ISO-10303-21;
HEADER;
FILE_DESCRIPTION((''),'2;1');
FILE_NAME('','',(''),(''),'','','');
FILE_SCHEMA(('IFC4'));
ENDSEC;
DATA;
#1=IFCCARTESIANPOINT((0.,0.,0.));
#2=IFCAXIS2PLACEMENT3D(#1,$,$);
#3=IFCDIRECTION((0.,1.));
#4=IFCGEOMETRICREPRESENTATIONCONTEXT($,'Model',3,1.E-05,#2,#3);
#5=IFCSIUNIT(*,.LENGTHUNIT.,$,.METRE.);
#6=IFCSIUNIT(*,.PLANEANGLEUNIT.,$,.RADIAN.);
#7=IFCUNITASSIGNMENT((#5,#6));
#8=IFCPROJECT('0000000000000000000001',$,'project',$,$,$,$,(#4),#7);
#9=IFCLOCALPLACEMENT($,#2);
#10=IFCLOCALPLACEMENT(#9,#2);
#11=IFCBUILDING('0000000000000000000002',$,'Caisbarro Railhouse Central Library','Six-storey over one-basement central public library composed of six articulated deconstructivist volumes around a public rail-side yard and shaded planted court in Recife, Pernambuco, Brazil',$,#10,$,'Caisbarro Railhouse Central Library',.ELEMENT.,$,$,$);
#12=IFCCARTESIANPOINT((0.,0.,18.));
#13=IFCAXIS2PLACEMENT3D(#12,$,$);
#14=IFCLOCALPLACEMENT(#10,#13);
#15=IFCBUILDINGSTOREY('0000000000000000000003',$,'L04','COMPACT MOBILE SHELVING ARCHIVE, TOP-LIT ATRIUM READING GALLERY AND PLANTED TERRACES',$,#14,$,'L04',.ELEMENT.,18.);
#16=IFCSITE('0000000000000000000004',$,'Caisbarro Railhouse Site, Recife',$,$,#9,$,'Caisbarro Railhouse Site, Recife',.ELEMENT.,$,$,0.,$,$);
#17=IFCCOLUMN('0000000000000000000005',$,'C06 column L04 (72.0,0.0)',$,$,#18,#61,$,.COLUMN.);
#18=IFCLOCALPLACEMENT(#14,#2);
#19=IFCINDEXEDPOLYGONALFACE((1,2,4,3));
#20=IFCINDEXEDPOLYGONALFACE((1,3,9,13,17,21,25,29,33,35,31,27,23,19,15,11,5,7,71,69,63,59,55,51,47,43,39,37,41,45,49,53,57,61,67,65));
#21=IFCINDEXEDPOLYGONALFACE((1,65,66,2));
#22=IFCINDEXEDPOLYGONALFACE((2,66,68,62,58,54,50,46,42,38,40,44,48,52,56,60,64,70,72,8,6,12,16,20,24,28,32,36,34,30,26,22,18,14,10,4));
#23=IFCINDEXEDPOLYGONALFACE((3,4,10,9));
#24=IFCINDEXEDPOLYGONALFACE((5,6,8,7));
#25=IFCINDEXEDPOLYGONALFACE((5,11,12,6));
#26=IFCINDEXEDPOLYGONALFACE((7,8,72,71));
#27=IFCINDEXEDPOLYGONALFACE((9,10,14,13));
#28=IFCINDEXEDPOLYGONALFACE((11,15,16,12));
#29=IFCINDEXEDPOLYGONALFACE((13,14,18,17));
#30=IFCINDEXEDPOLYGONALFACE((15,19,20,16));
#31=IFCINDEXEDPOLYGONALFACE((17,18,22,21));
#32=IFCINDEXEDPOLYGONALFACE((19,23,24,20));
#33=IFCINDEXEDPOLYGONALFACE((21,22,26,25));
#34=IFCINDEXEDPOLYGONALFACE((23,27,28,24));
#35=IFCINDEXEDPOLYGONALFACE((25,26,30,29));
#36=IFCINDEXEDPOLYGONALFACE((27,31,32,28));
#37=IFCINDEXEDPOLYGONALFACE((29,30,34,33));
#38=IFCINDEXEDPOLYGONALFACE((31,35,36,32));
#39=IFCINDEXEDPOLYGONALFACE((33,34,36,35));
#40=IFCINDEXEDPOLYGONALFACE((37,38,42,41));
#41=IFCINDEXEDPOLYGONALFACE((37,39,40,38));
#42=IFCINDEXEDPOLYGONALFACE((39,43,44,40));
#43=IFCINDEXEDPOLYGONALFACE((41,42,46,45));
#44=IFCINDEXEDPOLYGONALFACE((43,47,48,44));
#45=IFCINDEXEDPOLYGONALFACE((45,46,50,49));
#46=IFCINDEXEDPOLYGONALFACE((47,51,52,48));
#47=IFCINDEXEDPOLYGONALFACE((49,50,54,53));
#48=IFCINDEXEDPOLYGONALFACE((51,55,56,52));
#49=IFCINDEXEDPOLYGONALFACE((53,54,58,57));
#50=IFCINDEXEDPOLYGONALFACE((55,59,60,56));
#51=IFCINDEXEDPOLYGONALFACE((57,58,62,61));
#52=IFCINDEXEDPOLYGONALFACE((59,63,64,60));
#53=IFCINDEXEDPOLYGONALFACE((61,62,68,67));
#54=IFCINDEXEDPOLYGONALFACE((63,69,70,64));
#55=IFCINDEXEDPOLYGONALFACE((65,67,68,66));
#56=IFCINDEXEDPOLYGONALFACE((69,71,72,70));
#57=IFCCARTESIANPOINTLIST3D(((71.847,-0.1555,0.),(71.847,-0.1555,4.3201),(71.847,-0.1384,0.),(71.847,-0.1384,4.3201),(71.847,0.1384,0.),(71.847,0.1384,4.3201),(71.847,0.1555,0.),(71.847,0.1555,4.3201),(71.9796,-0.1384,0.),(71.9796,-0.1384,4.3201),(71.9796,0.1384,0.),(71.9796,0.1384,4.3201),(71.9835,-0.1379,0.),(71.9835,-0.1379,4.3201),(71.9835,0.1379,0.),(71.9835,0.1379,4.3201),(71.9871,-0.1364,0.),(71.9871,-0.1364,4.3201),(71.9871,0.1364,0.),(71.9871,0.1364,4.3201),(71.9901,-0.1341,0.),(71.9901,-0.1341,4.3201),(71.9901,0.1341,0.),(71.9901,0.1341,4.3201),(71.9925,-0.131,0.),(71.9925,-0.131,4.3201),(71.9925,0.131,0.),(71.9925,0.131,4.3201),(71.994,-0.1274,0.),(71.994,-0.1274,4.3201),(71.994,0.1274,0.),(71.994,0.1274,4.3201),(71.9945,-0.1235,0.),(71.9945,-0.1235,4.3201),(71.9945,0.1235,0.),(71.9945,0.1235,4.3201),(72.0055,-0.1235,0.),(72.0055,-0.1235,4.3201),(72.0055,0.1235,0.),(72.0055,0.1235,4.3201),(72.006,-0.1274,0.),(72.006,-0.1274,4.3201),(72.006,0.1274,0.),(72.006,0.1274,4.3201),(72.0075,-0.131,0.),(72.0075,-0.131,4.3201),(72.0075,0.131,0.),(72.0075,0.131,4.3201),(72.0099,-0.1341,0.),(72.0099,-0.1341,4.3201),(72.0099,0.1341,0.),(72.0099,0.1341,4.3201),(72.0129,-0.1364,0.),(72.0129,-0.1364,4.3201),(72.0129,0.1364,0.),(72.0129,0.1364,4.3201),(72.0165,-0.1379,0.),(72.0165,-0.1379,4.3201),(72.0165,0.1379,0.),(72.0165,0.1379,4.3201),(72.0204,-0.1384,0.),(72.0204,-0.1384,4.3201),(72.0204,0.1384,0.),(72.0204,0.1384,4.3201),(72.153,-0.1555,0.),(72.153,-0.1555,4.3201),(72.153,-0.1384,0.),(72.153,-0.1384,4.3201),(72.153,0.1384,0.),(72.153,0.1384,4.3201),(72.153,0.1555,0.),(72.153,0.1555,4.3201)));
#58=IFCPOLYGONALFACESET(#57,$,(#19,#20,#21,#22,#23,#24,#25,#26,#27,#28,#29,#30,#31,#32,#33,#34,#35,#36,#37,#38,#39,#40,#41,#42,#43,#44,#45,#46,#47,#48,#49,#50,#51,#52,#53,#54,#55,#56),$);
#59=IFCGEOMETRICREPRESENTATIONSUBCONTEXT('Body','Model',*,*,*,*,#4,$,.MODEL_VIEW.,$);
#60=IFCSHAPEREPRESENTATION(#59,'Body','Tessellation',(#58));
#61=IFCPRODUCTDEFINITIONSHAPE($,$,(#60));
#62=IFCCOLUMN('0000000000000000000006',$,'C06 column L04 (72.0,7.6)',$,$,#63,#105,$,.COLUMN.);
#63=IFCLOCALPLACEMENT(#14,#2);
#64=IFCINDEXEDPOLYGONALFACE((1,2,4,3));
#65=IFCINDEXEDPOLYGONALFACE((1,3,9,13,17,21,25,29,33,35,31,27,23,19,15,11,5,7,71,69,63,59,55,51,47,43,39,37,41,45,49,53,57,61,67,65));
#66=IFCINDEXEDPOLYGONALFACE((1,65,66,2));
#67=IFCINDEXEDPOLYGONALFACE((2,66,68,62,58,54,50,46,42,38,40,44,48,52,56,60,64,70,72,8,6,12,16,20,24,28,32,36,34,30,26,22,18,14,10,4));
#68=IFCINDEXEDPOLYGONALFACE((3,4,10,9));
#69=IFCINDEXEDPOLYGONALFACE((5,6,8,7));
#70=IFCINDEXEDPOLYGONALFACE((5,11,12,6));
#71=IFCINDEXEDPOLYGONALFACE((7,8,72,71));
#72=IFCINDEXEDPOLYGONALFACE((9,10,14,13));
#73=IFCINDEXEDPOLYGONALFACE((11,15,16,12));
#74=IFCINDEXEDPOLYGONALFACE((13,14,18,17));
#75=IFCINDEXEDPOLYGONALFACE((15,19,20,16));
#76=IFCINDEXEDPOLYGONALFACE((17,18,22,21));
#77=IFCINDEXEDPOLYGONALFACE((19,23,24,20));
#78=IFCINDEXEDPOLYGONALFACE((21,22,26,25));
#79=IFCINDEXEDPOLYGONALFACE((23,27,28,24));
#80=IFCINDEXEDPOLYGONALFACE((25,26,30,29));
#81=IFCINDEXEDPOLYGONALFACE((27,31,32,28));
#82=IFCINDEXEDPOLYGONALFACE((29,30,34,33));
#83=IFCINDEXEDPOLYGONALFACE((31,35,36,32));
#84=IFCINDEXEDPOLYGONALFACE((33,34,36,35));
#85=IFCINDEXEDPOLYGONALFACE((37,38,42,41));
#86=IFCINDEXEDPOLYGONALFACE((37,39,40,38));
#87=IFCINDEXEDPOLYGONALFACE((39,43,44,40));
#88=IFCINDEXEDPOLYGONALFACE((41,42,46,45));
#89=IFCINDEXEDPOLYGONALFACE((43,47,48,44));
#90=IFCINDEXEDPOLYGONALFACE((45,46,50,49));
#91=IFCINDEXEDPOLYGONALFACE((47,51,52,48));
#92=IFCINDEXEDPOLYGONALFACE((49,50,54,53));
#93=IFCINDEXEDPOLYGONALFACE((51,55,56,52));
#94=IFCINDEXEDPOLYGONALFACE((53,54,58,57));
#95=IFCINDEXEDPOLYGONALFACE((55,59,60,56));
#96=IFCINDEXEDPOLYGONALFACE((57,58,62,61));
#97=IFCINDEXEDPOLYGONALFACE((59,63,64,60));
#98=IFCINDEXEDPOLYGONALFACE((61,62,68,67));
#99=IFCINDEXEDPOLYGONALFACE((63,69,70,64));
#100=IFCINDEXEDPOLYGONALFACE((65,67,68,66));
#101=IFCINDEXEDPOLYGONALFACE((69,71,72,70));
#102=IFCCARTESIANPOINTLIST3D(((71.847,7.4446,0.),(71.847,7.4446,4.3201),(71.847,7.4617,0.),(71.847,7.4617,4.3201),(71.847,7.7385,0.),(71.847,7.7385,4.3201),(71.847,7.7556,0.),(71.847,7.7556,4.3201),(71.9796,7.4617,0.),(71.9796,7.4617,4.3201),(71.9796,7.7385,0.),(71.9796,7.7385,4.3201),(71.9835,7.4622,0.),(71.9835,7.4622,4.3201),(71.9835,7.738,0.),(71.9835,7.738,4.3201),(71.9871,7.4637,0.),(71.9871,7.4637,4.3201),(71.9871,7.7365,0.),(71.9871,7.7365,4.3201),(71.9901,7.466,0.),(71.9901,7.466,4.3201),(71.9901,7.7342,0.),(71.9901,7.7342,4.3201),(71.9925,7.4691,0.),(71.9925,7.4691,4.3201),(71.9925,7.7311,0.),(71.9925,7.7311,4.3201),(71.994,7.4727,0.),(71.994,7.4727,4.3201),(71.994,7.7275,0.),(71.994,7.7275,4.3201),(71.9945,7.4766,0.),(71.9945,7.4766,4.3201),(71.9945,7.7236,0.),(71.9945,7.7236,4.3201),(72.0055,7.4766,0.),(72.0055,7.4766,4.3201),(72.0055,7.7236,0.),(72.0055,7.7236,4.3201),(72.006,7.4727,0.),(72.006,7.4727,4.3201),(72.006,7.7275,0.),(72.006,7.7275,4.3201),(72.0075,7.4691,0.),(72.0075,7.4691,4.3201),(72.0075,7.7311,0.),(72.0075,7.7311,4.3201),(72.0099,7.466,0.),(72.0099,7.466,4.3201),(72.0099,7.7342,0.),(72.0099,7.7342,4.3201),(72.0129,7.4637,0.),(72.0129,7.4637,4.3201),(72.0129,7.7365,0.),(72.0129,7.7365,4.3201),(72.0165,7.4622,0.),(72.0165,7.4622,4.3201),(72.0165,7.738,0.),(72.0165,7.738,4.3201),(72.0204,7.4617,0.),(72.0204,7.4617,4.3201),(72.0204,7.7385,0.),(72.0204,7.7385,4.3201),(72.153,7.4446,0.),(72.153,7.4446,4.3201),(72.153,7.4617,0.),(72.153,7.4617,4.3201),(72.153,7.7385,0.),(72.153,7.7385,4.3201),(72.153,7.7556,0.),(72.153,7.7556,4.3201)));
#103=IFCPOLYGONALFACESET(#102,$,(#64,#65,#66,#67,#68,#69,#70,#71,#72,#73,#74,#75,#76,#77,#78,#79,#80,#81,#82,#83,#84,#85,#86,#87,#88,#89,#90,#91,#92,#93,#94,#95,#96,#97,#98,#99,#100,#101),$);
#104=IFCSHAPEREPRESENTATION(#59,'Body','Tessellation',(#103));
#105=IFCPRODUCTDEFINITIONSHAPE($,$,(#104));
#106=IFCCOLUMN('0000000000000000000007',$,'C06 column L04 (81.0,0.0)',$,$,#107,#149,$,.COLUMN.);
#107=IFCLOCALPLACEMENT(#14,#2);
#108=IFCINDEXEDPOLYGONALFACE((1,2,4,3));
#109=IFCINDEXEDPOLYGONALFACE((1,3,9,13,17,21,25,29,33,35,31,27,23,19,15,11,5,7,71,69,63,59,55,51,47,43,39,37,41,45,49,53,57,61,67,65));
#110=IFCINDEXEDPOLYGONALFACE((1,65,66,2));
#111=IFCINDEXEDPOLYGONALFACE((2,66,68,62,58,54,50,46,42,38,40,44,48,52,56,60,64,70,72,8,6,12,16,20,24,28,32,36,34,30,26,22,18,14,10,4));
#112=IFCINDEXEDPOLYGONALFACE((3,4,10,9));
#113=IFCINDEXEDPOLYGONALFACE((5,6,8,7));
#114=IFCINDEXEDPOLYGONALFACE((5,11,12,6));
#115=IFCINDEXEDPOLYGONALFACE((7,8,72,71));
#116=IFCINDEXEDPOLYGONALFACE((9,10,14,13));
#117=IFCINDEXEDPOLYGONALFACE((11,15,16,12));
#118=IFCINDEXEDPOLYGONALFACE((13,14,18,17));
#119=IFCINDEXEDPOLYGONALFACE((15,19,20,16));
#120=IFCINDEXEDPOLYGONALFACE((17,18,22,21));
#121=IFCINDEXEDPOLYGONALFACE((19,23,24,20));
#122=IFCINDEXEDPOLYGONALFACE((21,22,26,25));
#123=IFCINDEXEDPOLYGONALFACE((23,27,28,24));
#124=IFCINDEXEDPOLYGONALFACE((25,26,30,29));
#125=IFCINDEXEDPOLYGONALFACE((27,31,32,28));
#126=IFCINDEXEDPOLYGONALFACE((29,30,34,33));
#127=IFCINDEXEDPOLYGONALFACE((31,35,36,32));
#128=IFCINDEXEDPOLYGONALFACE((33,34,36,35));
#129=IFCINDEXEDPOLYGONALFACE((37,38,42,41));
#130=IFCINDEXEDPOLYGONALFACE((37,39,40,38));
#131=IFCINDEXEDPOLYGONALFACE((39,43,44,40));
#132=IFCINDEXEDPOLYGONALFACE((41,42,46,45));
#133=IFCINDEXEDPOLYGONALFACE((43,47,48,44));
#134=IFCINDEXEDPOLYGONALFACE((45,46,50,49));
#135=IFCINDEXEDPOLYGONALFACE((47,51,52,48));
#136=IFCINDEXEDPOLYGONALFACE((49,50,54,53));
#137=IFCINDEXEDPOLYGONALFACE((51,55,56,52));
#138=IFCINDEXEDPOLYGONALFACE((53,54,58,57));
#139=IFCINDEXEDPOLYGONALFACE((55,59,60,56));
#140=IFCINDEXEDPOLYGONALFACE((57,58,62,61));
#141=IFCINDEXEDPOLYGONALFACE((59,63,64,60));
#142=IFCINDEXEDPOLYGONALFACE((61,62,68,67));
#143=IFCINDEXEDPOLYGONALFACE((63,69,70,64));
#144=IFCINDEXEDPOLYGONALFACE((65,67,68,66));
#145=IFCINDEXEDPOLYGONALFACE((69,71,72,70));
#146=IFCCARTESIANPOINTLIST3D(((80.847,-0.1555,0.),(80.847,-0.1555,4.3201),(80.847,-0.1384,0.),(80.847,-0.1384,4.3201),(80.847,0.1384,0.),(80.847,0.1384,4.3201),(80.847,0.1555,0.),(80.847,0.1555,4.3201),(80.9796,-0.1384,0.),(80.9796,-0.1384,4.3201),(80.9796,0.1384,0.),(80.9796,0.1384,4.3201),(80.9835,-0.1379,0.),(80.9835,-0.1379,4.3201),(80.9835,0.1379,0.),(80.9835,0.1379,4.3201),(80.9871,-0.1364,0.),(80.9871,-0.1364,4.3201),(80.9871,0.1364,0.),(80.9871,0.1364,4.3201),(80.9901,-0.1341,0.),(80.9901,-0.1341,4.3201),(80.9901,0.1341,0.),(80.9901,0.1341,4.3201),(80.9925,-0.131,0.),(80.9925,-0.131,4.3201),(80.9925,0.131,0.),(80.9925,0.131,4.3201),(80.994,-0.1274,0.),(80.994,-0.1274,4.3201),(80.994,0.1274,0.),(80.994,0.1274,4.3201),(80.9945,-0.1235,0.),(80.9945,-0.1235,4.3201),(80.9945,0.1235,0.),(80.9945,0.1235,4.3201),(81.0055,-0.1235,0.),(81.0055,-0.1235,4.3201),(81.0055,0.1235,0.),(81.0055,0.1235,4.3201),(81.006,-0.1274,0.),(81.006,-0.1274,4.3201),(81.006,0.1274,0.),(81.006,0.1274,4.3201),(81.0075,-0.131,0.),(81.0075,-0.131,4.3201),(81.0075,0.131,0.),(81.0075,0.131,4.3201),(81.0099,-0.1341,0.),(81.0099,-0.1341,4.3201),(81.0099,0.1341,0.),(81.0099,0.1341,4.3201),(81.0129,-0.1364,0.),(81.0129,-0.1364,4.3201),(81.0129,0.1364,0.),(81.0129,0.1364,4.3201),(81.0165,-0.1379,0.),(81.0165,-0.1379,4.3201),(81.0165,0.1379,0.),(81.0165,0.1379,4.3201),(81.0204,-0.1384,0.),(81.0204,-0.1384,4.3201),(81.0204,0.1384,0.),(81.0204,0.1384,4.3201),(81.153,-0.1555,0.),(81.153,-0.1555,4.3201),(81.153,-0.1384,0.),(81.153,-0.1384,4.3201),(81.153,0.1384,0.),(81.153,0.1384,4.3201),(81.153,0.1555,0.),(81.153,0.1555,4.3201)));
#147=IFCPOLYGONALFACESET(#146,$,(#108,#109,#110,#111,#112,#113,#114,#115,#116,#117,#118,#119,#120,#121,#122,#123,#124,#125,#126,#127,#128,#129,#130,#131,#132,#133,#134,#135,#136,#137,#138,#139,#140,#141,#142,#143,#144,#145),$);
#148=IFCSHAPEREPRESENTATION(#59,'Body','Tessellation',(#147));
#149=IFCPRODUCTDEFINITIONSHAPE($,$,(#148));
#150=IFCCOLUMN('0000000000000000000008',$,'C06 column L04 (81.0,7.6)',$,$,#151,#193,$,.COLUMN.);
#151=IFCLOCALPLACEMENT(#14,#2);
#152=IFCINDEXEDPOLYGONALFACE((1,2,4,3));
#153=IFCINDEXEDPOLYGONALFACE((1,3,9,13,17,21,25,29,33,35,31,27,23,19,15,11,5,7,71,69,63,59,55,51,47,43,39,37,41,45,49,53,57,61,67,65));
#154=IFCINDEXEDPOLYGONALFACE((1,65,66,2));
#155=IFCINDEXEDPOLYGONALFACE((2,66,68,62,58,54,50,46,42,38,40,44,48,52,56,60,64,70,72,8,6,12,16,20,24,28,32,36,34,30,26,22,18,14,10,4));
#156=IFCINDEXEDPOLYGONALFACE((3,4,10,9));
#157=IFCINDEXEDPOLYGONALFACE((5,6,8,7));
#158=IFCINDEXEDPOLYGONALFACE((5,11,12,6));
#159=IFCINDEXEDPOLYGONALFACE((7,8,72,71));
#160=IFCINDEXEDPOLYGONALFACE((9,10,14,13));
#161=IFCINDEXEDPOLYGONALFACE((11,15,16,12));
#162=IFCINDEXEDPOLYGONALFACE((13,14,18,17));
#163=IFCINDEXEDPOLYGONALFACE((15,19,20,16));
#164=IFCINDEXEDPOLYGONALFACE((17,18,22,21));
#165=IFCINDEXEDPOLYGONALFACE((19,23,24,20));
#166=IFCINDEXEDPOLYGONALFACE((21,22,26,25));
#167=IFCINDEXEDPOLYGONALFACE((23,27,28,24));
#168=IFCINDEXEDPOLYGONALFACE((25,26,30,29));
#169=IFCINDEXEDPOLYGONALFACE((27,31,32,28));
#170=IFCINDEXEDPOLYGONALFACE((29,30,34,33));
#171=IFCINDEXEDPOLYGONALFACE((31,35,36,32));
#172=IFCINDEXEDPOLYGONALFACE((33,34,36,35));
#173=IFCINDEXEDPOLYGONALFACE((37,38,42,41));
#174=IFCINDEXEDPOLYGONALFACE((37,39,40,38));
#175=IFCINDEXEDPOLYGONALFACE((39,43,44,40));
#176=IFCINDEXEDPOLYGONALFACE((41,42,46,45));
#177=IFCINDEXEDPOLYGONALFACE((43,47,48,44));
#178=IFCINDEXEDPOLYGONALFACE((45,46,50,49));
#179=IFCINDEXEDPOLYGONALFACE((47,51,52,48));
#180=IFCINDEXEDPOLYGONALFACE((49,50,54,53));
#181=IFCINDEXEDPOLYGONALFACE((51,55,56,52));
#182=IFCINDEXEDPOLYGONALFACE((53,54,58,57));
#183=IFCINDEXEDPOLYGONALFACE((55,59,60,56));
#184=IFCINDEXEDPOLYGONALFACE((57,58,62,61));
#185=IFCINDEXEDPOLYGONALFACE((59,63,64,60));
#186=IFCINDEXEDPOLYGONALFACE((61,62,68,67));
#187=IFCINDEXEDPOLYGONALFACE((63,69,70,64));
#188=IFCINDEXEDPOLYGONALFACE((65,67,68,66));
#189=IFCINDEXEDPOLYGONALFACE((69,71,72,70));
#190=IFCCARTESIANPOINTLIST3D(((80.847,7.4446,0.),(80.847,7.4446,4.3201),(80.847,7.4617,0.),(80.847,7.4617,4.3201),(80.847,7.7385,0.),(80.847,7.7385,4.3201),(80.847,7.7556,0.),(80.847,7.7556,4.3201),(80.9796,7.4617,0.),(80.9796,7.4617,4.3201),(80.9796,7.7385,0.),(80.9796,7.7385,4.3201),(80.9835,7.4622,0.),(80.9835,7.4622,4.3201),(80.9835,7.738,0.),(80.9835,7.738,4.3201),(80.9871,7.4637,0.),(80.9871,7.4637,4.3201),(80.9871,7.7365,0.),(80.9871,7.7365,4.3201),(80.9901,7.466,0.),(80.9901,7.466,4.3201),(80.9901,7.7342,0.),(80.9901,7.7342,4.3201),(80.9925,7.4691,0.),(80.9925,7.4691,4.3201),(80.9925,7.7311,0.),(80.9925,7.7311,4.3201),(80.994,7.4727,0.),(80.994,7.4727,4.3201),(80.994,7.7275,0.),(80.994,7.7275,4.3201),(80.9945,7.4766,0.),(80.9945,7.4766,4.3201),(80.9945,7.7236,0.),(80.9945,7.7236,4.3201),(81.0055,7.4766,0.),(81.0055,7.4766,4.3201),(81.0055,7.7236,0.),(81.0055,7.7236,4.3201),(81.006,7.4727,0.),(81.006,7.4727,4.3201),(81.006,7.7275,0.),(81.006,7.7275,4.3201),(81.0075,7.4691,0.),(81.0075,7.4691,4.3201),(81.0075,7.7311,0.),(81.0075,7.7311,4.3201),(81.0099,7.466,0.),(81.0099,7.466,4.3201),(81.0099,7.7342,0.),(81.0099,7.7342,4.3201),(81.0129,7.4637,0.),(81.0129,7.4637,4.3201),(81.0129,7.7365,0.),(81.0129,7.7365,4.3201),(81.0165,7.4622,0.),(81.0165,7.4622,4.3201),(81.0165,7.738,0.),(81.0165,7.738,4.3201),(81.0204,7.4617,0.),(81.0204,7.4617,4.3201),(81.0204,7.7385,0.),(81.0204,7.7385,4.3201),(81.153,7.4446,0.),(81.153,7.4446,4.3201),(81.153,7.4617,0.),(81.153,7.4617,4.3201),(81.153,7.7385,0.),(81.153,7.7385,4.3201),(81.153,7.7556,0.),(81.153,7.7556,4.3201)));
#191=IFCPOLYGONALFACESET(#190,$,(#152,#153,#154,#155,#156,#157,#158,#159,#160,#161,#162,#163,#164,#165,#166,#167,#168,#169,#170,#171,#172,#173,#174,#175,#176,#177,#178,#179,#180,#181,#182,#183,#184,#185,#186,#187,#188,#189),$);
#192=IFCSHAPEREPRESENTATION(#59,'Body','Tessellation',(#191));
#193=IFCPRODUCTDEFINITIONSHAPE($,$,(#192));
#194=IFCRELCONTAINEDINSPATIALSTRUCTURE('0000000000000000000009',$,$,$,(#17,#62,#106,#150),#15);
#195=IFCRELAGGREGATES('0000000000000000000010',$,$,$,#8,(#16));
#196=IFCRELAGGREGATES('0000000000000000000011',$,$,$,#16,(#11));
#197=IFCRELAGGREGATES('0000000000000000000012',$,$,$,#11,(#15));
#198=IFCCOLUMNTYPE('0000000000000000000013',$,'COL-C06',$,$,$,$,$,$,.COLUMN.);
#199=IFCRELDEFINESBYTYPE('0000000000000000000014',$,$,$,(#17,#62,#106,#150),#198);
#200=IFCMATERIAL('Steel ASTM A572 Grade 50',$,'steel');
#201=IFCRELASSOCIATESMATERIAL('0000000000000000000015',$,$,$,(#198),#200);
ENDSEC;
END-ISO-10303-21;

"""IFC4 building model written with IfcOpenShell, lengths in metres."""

from ifc_helpers import new_model, si_unit, direction, frame, origin, origin_2d, place, context, subcontext, project, spatial, i_section, extrude, material, material_profile, profile_set, type_object, element, save


model = new_model("IFC4")

# Units and contexts
model_context = context("Model", 3, precision=1e-05, world=origin(), true_north=direction((0.0, 1.0)))
body_context = subcontext(model_context, "Body", "Model", "MODEL_VIEW")
ifc_project = project(units=[si_unit("LENGTHUNIT", "METRE"), si_unit("PLANEANGLEUNIT", "RADIAN")], contexts=[model_context])

# Site, building, storey
site_placement = place(None, origin())
site = spatial("IfcSite", under=ifc_project, at=site_placement, Name="Caisbarro Railhouse Site, Recife", LongName="Caisbarro Railhouse Site, Recife", CompositionType="ELEMENT", RefElevation=0.0)
building_placement = place(site_placement, origin())
building = spatial("IfcBuilding", under=site, at=building_placement, Name="Caisbarro Railhouse Central Library", Description="Six-storey over one-basement central public library composed of six articulated deconstructivist volumes around a public rail-side yard and shaded planted court in Recife, Pernambuco, Brazil", LongName="Caisbarro Railhouse Central Library", CompositionType="ELEMENT")
storey_placement = place(building_placement, frame((0.0, 0.0, 18.0)))
storey = spatial("IfcBuildingStorey", under=building, at=storey_placement, Name="L04", Description="COMPACT MOBILE SHELVING ARCHIVE, TOP-LIT ATRIUM READING GALLERY AND PLANTED TERRACES", LongName="L04", CompositionType="ELEMENT", Elevation=18.0)

# Columns
ifc_material_1 = material(Name="Steel ASTM A572 Grade 50", Category="steel")
ifc_material_profile_1 = material_profile(ifc_material_1, i_section(OverallWidth=0.3059, OverallDepth=0.311, WebThickness=0.011, FlangeThickness=0.0171, FilletRadius=0.0149, at=origin_2d()), Name="W310X107.0")
ifc_profile_set_1 = profile_set([ifc_material_profile_1], Name="Steel ASTM A572 Grade 50")
column_type_1 = type_object("IfcColumnType", Name="COL-C06", PredefinedType="COLUMN", material=ifc_profile_set_1)
for number, where, z_axis, x_axis, name in (
    (1, (72.0, 0.0, 0.0), (0.0, 0.0, 1.0), (1.0, 0.0, 0.0), "C06 column L04 (72.0,0.0)"),
    (2, (72.0, 7.6001, 0.0), (0.0, 0.0, 1.0), (1.0, 0.0, 0.0), "C06 column L04 (72.0,7.6)"),
    (3, (81.0, 0.0, 0.0), (0.0, 0.0, 1.0), (1.0, 0.0, 0.0), "C06 column L04 (81.0,0.0)"),
    (4, (81.0, 7.6001, 0.0), (0.0, 0.0, 1.0), (1.0, 0.0, 0.0), "C06 column L04 (81.0,7.6)"),
):
    element("IfcColumn", number, at=place(storey_placement, frame(where, z_axis=z_axis, x_axis=x_axis)), inside=storey, type_object=column_type_1, Name=name, PredefinedType="COLUMN", context=body_context, shape_type="SweptSolid", body=[
        extrude(i_section(OverallWidth=0.3059, OverallDepth=0.311, WebThickness=0.011, FlangeThickness=0.0171, FilletRadius=0.0149, at=origin_2d()), origin(), (0.0, 0.0, 1.0), 4.3201),
    ])

save(model, "model.ifc")
